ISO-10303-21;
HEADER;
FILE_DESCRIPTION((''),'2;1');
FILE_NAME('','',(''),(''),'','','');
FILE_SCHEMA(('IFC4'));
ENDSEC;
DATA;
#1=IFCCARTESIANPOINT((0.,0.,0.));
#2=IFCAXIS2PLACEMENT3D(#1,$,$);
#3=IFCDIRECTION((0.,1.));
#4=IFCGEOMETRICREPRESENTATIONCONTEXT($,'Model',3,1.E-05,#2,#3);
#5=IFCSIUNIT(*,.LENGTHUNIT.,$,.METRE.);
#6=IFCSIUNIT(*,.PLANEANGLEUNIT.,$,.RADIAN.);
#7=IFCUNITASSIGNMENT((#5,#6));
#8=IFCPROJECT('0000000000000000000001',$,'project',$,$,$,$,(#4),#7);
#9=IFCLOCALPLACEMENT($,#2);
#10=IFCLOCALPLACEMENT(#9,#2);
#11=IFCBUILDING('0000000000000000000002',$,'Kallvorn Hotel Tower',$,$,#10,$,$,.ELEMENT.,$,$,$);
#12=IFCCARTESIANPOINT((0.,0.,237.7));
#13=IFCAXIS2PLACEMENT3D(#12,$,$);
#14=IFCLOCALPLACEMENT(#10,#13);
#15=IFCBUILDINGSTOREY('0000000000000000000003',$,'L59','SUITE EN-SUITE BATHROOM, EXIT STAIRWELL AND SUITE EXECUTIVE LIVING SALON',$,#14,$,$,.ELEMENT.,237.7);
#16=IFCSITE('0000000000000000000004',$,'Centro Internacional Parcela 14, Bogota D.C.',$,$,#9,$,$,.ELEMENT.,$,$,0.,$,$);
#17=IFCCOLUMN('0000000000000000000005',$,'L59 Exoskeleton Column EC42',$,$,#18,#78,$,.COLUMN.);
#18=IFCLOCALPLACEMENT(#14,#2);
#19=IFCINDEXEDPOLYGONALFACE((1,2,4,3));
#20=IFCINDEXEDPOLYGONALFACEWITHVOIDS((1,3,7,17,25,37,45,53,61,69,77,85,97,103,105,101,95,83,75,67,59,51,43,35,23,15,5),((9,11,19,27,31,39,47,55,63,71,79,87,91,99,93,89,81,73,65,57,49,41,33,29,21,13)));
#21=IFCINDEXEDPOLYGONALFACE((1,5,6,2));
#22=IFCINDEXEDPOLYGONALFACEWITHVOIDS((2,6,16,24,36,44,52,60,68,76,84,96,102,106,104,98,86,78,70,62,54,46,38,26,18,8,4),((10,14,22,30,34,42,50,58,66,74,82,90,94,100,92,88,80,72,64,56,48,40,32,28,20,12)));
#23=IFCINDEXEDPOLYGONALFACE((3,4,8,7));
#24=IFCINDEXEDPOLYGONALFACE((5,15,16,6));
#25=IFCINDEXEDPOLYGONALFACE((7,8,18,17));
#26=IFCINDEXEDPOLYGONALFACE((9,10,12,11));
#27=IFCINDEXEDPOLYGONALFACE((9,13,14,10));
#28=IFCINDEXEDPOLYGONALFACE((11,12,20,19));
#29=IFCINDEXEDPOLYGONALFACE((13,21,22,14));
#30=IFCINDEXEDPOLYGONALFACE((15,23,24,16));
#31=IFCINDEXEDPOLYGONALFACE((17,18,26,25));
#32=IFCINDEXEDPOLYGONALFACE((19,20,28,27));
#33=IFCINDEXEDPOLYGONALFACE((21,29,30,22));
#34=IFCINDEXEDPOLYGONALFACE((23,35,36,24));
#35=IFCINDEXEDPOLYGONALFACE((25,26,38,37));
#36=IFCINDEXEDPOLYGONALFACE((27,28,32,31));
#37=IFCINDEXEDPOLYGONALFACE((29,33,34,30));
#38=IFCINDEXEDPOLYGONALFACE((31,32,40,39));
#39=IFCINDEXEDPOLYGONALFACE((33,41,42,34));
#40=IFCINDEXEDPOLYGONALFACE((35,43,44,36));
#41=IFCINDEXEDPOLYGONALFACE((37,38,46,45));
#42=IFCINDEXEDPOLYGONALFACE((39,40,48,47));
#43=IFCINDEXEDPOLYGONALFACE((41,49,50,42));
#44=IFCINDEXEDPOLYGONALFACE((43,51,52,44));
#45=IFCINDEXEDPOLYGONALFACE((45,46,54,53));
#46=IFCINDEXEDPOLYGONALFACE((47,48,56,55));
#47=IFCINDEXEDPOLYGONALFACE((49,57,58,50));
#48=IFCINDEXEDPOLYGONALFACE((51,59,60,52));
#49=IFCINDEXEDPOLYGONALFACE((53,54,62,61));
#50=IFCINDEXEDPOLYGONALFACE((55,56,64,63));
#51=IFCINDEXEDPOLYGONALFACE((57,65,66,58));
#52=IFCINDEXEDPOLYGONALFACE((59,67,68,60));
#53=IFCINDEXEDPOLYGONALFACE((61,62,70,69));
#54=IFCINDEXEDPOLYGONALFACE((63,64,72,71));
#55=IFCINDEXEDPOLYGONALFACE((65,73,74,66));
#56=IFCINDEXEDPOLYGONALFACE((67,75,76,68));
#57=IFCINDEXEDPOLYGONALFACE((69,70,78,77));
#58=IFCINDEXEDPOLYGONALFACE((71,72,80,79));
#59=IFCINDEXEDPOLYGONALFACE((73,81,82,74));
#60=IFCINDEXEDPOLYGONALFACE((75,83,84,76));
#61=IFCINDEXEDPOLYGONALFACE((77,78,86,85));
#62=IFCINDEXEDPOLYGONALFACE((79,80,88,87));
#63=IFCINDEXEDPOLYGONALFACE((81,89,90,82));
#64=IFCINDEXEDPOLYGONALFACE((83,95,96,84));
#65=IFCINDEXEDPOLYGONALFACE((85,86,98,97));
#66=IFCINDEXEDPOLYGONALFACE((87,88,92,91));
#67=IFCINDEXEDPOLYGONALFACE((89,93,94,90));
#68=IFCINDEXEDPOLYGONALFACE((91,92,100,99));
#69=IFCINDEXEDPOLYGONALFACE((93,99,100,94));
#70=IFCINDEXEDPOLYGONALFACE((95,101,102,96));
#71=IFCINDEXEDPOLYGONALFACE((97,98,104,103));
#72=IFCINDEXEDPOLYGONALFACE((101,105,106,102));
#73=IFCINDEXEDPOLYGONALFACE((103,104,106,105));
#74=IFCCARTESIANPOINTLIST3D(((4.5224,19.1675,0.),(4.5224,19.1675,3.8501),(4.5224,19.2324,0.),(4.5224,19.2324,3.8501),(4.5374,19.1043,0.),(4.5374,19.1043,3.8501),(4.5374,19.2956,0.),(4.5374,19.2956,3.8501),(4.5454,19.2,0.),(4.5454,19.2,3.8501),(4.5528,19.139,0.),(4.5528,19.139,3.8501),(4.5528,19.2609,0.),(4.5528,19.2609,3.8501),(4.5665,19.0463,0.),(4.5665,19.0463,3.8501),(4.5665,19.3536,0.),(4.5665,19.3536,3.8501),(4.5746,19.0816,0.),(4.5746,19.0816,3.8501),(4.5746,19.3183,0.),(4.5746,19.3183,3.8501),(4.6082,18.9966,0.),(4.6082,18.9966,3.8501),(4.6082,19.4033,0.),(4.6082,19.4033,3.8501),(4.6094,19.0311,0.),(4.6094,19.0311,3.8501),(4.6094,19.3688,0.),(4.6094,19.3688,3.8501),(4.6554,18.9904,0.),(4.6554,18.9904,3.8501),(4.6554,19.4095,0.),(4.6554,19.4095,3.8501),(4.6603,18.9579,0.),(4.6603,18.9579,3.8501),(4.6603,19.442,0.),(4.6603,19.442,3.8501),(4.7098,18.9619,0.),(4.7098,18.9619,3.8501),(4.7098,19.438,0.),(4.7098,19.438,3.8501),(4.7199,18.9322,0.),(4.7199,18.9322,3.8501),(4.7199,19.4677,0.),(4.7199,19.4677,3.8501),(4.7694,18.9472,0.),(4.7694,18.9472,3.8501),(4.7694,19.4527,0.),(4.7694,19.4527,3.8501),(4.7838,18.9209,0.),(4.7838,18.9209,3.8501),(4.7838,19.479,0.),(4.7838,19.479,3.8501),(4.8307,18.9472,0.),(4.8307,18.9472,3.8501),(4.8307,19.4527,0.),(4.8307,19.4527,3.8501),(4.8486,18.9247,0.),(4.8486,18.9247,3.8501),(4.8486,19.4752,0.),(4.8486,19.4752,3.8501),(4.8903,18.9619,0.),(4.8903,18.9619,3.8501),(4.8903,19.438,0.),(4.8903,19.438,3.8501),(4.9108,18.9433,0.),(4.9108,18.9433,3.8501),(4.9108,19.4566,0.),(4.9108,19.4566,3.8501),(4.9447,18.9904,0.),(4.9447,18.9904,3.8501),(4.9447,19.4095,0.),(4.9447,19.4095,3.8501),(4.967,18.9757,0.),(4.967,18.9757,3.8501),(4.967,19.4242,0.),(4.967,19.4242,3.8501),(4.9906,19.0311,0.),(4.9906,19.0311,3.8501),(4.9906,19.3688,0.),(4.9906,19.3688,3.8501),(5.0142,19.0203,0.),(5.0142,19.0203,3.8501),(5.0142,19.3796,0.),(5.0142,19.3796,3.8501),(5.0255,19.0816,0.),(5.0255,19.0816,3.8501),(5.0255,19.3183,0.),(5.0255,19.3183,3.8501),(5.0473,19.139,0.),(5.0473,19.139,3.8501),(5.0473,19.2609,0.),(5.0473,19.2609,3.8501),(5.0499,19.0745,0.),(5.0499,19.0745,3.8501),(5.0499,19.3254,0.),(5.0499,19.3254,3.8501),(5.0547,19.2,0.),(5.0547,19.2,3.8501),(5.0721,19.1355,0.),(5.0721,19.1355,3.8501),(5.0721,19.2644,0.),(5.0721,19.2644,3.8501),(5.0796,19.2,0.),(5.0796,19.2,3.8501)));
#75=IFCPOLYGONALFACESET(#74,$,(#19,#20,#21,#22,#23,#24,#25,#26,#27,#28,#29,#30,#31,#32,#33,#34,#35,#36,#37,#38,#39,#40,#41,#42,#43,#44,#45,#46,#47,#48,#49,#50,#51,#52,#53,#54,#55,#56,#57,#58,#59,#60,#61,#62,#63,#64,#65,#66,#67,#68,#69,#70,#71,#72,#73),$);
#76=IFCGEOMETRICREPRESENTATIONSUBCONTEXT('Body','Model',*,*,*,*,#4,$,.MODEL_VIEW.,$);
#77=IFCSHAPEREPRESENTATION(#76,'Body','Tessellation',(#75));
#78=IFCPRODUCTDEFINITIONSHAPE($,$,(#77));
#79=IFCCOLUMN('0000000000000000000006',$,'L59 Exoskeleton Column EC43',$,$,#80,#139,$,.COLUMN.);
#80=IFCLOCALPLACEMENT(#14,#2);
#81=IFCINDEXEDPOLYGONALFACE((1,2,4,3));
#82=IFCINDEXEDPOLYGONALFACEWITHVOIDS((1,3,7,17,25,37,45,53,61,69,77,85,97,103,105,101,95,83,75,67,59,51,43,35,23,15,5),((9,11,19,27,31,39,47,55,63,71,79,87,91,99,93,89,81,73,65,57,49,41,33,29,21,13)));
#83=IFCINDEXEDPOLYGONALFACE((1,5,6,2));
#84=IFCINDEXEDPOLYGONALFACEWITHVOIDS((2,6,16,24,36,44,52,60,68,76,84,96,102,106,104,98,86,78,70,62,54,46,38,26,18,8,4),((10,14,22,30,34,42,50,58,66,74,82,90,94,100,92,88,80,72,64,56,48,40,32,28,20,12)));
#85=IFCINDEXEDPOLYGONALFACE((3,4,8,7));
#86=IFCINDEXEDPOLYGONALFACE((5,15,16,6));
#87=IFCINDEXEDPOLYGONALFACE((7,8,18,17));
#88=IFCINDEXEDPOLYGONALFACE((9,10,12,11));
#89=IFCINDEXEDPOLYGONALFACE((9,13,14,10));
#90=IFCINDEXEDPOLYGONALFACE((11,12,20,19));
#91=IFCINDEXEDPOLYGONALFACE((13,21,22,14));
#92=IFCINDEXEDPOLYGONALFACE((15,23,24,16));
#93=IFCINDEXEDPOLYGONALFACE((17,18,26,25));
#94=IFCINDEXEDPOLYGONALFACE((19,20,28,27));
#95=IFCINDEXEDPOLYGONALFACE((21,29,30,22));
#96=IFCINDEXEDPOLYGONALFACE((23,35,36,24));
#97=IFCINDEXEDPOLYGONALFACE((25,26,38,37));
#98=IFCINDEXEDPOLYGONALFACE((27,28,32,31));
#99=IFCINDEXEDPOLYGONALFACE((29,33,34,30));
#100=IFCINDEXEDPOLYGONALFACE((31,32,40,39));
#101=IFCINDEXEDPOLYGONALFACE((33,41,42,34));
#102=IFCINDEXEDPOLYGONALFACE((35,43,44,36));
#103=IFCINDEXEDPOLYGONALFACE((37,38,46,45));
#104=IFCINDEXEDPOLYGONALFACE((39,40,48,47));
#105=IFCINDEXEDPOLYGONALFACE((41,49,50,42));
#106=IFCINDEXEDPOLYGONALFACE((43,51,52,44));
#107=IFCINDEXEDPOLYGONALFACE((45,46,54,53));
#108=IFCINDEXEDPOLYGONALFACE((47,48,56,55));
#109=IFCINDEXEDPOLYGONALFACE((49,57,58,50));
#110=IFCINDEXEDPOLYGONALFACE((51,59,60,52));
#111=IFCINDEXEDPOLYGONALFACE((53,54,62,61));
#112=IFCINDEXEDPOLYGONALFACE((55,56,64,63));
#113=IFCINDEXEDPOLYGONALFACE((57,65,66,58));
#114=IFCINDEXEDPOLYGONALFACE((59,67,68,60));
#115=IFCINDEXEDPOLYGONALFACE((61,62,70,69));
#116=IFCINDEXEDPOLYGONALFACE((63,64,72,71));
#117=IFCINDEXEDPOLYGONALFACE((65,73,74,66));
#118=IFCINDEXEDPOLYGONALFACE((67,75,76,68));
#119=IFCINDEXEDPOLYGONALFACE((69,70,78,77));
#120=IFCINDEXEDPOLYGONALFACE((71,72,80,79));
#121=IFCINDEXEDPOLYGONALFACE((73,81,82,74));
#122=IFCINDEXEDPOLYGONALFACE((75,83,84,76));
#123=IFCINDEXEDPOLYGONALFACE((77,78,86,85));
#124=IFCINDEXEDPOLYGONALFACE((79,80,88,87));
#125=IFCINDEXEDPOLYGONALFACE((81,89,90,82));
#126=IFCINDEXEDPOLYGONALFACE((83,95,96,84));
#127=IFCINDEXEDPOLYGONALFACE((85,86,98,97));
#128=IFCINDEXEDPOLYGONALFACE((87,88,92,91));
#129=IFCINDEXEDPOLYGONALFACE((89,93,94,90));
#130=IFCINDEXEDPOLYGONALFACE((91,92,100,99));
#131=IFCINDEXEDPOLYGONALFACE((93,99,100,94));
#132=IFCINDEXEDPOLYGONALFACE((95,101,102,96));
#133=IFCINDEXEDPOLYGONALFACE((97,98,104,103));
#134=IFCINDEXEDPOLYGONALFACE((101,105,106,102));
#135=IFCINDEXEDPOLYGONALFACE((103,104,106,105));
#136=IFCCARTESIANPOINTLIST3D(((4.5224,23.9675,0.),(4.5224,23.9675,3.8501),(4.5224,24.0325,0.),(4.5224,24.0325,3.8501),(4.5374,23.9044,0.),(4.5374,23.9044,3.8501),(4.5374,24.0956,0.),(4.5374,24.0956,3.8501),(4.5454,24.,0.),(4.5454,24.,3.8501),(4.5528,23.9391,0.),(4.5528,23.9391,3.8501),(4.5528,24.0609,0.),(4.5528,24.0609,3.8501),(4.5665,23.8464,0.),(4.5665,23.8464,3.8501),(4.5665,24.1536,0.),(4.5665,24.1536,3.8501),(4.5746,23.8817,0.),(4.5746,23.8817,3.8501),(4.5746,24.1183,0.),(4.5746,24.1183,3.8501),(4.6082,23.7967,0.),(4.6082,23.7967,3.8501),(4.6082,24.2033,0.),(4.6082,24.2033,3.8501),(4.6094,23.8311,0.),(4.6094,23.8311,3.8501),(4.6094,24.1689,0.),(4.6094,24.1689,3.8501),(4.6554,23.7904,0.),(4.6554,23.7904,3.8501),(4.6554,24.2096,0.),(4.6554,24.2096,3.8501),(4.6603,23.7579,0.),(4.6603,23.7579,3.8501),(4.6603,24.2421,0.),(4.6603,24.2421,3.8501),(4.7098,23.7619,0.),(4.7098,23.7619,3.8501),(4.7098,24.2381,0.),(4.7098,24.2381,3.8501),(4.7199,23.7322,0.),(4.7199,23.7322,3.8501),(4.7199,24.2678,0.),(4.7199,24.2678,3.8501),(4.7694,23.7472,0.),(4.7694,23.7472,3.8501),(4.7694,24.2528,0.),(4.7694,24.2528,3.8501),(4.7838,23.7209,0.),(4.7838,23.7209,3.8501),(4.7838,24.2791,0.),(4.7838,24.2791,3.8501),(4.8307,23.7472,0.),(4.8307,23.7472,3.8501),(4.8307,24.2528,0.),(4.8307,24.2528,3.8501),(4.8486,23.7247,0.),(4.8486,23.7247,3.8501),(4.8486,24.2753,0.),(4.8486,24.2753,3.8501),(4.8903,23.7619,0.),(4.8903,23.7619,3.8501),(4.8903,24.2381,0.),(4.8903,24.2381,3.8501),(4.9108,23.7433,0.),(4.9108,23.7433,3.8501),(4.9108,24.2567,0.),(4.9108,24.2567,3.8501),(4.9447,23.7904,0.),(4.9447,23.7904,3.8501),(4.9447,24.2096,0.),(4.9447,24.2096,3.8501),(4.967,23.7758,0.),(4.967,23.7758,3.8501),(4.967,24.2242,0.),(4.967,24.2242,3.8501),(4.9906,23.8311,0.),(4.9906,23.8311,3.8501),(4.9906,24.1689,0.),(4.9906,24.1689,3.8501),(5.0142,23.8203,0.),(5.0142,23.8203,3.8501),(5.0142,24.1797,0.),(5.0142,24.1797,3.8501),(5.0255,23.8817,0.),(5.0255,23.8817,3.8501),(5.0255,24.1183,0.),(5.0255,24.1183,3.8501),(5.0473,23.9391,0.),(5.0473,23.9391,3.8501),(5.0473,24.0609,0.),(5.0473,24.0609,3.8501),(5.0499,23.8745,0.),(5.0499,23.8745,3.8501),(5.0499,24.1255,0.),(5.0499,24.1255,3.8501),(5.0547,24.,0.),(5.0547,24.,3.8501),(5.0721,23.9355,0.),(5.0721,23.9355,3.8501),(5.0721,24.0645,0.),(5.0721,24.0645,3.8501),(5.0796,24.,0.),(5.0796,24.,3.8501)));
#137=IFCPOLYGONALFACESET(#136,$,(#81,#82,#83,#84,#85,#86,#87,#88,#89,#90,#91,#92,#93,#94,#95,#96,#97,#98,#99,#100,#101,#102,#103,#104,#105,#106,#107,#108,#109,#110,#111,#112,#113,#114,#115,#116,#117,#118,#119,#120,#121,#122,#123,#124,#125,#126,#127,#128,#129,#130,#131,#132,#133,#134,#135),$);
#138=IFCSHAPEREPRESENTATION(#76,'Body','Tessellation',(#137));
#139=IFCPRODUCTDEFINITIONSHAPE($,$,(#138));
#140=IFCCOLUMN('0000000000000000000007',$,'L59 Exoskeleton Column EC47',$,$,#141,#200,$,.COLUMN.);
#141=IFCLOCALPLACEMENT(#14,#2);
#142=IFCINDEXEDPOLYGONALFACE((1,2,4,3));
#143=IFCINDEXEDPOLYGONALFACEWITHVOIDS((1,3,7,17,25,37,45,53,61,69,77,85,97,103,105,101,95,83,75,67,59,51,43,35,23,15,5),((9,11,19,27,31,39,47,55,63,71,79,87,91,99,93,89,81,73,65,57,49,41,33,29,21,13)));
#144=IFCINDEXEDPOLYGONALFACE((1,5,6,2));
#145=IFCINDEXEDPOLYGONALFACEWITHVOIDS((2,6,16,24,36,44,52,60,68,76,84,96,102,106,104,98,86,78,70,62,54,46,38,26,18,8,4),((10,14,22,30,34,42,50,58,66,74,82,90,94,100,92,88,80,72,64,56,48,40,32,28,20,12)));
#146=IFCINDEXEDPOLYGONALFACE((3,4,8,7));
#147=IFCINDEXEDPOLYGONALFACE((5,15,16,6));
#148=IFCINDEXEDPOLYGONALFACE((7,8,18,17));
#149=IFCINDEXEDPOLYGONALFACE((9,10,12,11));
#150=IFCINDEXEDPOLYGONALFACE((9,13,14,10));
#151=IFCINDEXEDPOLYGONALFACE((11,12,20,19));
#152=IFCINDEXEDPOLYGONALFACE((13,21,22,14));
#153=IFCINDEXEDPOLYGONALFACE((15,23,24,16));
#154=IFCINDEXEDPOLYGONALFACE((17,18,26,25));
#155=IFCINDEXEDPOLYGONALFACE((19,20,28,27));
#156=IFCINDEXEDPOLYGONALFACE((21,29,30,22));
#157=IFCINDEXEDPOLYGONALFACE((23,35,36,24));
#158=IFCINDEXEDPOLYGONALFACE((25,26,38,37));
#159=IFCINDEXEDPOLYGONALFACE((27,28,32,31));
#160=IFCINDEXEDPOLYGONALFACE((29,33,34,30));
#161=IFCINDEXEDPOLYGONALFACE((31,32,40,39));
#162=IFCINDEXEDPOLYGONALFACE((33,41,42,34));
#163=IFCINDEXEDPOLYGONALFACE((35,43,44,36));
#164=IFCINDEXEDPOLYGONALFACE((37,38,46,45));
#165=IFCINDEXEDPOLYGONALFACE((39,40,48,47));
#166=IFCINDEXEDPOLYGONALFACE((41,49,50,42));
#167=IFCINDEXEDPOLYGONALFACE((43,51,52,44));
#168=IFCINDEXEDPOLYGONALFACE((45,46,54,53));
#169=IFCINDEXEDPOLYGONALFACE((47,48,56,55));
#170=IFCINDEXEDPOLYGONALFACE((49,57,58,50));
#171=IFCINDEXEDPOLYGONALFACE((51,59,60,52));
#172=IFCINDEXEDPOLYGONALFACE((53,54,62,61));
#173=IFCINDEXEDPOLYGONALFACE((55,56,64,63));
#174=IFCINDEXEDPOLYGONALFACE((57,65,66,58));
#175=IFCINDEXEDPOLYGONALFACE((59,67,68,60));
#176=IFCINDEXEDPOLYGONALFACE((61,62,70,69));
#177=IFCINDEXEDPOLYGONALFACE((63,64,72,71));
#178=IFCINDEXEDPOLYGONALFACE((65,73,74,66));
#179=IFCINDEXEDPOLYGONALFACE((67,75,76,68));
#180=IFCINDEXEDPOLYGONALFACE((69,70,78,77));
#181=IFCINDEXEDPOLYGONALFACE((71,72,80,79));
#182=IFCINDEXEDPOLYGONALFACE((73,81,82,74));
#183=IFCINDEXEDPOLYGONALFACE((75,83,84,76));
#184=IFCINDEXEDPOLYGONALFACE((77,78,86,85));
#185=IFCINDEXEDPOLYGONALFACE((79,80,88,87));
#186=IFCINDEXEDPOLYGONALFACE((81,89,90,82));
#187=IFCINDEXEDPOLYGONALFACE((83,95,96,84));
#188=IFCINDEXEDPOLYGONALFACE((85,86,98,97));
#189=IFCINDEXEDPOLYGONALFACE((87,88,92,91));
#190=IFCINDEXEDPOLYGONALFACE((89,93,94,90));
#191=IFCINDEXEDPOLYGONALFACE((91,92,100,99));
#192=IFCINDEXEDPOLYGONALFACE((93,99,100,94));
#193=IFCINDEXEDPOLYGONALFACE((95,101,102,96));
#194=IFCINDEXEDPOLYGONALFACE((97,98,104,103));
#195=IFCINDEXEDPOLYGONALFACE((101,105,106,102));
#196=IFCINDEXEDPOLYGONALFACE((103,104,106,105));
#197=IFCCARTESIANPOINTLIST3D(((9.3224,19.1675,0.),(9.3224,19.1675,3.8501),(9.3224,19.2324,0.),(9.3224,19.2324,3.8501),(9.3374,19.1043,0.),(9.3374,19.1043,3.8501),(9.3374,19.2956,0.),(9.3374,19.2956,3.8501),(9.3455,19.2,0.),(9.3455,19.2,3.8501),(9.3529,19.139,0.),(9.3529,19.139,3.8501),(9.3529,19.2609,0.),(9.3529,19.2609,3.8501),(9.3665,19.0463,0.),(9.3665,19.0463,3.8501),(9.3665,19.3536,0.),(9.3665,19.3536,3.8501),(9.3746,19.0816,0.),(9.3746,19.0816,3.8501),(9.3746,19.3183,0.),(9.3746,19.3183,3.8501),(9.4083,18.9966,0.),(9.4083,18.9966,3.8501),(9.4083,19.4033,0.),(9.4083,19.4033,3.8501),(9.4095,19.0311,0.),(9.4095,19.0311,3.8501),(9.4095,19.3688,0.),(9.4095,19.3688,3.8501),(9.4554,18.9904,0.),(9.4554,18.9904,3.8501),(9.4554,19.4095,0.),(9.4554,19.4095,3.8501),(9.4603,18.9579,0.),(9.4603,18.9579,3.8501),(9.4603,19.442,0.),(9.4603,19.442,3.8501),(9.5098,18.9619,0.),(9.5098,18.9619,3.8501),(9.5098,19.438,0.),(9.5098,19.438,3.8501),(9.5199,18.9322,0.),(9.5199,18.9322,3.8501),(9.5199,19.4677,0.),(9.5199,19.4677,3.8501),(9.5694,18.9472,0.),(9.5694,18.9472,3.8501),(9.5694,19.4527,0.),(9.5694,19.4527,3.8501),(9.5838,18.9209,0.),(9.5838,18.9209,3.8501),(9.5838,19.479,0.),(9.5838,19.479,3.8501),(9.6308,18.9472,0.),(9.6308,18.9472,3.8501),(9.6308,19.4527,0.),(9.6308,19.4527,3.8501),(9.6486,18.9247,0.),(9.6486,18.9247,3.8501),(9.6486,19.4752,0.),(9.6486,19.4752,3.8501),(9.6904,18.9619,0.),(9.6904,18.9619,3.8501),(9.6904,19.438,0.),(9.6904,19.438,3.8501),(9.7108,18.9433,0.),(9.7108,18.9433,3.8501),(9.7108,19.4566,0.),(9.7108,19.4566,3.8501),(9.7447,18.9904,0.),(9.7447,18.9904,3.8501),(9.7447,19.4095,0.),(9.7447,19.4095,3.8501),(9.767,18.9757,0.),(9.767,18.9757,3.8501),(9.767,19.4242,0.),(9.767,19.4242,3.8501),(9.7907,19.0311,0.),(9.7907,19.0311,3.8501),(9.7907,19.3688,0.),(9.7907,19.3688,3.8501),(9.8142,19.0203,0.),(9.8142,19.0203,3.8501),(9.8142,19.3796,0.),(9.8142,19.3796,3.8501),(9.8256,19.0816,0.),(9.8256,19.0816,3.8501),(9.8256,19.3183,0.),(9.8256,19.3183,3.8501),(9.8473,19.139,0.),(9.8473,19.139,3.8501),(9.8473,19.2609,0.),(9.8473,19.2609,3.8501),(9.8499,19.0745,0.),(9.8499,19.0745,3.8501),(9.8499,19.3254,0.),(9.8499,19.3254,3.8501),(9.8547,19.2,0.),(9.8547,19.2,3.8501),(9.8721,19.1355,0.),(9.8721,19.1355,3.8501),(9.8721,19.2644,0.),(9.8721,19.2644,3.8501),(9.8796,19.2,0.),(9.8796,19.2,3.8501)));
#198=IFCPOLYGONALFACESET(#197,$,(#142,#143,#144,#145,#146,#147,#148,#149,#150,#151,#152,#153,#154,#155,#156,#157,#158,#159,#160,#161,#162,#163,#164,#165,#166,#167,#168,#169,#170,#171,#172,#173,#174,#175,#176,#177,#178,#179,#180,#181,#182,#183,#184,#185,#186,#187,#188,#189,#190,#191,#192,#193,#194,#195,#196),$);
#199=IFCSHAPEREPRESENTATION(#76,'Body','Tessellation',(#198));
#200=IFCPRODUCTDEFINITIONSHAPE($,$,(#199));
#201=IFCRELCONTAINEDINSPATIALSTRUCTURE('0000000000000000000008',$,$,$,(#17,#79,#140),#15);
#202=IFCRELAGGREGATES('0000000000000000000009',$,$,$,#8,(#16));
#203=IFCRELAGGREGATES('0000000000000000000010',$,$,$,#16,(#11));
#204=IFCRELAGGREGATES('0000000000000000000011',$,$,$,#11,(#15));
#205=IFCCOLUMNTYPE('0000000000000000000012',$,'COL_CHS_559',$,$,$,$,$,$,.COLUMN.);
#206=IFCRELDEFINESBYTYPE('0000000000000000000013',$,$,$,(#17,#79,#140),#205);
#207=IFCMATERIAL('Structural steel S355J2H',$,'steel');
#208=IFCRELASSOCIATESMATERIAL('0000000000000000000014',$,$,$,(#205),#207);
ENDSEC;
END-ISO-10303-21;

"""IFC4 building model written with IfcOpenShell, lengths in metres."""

from ifc_helpers import new_model, si_unit, direction, frame, origin, origin_2d, place, context, subcontext, project, spatial, hollow_circle, extrude, material, material_profile, profile_set, type_object, element, save


model = new_model("IFC4")

# Units and contexts
model_context = context("Model", 3, precision=1e-05, world=origin(), true_north=direction((0.0, 1.0)))
body_context = subcontext(model_context, "Body", "Model", "MODEL_VIEW")
ifc_project = project(units=[si_unit("LENGTHUNIT", "METRE"), si_unit("PLANEANGLEUNIT", "RADIAN")], contexts=[model_context])

# Site, building, storey
site_placement = place(None, origin())
site = spatial("IfcSite", under=ifc_project, at=site_placement, Name="Centro Internacional Parcela 14, Bogota D.C.", CompositionType="ELEMENT", RefElevation=0.0)
building_placement = place(site_placement, origin())
building = spatial("IfcBuilding", under=site, at=building_placement, Name="Kallvorn Hotel Tower", CompositionType="ELEMENT")
storey_placement = place(building_placement, frame((0.0, 0.0, 237.7)))
storey = spatial("IfcBuildingStorey", under=building, at=storey_placement, Name="L59", Description="SUITE EN-SUITE BATHROOM, EXIT STAIRWELL AND SUITE EXECUTIVE LIVING SALON", CompositionType="ELEMENT", Elevation=237.7)

# Columns
ifc_material_1 = material(Name="Structural steel S355J2H", Category="steel")
ifc_material_profile_1 = material_profile(ifc_material_1, hollow_circle(Radius=0.2795, WallThickness=0.0249, at=origin_2d()), Name="CHS 559x25")
ifc_profile_set_1 = profile_set([ifc_material_profile_1], Name="Structural steel S355J2H")
column_type_1 = type_object("IfcColumnType", Name="COL_CHS_559", PredefinedType="COLUMN", material=ifc_profile_set_1)
for number, where, z_axis, x_axis, name in (
    (1, (4.8, 19.2, 0.0), (0.0, 0.0, 1.0), (1.0, 0.0, 0.0), "L59 Exoskeleton Column EC42"),
    (2, (4.8, 24.0, 0.0), (0.0, 0.0, 1.0), (1.0, 0.0, 0.0), "L59 Exoskeleton Column EC43"),
    (3, (9.6001, 19.2, 0.0), (0.0, 0.0, 1.0), (1.0, 0.0, 0.0), "L59 Exoskeleton Column EC47"),
):
    element("IfcColumn", number, at=place(storey_placement, frame(where, z_axis=z_axis, x_axis=x_axis)), inside=storey, type_object=column_type_1, Name=name, PredefinedType="COLUMN", context=body_context, shape_type="SweptSolid", body=[
        extrude(hollow_circle(Radius=0.2795, WallThickness=0.0249, at=origin_2d()), origin(), (0.0, 0.0, 1.0), 3.8501),
    ])

save(model, "model.ifc")
